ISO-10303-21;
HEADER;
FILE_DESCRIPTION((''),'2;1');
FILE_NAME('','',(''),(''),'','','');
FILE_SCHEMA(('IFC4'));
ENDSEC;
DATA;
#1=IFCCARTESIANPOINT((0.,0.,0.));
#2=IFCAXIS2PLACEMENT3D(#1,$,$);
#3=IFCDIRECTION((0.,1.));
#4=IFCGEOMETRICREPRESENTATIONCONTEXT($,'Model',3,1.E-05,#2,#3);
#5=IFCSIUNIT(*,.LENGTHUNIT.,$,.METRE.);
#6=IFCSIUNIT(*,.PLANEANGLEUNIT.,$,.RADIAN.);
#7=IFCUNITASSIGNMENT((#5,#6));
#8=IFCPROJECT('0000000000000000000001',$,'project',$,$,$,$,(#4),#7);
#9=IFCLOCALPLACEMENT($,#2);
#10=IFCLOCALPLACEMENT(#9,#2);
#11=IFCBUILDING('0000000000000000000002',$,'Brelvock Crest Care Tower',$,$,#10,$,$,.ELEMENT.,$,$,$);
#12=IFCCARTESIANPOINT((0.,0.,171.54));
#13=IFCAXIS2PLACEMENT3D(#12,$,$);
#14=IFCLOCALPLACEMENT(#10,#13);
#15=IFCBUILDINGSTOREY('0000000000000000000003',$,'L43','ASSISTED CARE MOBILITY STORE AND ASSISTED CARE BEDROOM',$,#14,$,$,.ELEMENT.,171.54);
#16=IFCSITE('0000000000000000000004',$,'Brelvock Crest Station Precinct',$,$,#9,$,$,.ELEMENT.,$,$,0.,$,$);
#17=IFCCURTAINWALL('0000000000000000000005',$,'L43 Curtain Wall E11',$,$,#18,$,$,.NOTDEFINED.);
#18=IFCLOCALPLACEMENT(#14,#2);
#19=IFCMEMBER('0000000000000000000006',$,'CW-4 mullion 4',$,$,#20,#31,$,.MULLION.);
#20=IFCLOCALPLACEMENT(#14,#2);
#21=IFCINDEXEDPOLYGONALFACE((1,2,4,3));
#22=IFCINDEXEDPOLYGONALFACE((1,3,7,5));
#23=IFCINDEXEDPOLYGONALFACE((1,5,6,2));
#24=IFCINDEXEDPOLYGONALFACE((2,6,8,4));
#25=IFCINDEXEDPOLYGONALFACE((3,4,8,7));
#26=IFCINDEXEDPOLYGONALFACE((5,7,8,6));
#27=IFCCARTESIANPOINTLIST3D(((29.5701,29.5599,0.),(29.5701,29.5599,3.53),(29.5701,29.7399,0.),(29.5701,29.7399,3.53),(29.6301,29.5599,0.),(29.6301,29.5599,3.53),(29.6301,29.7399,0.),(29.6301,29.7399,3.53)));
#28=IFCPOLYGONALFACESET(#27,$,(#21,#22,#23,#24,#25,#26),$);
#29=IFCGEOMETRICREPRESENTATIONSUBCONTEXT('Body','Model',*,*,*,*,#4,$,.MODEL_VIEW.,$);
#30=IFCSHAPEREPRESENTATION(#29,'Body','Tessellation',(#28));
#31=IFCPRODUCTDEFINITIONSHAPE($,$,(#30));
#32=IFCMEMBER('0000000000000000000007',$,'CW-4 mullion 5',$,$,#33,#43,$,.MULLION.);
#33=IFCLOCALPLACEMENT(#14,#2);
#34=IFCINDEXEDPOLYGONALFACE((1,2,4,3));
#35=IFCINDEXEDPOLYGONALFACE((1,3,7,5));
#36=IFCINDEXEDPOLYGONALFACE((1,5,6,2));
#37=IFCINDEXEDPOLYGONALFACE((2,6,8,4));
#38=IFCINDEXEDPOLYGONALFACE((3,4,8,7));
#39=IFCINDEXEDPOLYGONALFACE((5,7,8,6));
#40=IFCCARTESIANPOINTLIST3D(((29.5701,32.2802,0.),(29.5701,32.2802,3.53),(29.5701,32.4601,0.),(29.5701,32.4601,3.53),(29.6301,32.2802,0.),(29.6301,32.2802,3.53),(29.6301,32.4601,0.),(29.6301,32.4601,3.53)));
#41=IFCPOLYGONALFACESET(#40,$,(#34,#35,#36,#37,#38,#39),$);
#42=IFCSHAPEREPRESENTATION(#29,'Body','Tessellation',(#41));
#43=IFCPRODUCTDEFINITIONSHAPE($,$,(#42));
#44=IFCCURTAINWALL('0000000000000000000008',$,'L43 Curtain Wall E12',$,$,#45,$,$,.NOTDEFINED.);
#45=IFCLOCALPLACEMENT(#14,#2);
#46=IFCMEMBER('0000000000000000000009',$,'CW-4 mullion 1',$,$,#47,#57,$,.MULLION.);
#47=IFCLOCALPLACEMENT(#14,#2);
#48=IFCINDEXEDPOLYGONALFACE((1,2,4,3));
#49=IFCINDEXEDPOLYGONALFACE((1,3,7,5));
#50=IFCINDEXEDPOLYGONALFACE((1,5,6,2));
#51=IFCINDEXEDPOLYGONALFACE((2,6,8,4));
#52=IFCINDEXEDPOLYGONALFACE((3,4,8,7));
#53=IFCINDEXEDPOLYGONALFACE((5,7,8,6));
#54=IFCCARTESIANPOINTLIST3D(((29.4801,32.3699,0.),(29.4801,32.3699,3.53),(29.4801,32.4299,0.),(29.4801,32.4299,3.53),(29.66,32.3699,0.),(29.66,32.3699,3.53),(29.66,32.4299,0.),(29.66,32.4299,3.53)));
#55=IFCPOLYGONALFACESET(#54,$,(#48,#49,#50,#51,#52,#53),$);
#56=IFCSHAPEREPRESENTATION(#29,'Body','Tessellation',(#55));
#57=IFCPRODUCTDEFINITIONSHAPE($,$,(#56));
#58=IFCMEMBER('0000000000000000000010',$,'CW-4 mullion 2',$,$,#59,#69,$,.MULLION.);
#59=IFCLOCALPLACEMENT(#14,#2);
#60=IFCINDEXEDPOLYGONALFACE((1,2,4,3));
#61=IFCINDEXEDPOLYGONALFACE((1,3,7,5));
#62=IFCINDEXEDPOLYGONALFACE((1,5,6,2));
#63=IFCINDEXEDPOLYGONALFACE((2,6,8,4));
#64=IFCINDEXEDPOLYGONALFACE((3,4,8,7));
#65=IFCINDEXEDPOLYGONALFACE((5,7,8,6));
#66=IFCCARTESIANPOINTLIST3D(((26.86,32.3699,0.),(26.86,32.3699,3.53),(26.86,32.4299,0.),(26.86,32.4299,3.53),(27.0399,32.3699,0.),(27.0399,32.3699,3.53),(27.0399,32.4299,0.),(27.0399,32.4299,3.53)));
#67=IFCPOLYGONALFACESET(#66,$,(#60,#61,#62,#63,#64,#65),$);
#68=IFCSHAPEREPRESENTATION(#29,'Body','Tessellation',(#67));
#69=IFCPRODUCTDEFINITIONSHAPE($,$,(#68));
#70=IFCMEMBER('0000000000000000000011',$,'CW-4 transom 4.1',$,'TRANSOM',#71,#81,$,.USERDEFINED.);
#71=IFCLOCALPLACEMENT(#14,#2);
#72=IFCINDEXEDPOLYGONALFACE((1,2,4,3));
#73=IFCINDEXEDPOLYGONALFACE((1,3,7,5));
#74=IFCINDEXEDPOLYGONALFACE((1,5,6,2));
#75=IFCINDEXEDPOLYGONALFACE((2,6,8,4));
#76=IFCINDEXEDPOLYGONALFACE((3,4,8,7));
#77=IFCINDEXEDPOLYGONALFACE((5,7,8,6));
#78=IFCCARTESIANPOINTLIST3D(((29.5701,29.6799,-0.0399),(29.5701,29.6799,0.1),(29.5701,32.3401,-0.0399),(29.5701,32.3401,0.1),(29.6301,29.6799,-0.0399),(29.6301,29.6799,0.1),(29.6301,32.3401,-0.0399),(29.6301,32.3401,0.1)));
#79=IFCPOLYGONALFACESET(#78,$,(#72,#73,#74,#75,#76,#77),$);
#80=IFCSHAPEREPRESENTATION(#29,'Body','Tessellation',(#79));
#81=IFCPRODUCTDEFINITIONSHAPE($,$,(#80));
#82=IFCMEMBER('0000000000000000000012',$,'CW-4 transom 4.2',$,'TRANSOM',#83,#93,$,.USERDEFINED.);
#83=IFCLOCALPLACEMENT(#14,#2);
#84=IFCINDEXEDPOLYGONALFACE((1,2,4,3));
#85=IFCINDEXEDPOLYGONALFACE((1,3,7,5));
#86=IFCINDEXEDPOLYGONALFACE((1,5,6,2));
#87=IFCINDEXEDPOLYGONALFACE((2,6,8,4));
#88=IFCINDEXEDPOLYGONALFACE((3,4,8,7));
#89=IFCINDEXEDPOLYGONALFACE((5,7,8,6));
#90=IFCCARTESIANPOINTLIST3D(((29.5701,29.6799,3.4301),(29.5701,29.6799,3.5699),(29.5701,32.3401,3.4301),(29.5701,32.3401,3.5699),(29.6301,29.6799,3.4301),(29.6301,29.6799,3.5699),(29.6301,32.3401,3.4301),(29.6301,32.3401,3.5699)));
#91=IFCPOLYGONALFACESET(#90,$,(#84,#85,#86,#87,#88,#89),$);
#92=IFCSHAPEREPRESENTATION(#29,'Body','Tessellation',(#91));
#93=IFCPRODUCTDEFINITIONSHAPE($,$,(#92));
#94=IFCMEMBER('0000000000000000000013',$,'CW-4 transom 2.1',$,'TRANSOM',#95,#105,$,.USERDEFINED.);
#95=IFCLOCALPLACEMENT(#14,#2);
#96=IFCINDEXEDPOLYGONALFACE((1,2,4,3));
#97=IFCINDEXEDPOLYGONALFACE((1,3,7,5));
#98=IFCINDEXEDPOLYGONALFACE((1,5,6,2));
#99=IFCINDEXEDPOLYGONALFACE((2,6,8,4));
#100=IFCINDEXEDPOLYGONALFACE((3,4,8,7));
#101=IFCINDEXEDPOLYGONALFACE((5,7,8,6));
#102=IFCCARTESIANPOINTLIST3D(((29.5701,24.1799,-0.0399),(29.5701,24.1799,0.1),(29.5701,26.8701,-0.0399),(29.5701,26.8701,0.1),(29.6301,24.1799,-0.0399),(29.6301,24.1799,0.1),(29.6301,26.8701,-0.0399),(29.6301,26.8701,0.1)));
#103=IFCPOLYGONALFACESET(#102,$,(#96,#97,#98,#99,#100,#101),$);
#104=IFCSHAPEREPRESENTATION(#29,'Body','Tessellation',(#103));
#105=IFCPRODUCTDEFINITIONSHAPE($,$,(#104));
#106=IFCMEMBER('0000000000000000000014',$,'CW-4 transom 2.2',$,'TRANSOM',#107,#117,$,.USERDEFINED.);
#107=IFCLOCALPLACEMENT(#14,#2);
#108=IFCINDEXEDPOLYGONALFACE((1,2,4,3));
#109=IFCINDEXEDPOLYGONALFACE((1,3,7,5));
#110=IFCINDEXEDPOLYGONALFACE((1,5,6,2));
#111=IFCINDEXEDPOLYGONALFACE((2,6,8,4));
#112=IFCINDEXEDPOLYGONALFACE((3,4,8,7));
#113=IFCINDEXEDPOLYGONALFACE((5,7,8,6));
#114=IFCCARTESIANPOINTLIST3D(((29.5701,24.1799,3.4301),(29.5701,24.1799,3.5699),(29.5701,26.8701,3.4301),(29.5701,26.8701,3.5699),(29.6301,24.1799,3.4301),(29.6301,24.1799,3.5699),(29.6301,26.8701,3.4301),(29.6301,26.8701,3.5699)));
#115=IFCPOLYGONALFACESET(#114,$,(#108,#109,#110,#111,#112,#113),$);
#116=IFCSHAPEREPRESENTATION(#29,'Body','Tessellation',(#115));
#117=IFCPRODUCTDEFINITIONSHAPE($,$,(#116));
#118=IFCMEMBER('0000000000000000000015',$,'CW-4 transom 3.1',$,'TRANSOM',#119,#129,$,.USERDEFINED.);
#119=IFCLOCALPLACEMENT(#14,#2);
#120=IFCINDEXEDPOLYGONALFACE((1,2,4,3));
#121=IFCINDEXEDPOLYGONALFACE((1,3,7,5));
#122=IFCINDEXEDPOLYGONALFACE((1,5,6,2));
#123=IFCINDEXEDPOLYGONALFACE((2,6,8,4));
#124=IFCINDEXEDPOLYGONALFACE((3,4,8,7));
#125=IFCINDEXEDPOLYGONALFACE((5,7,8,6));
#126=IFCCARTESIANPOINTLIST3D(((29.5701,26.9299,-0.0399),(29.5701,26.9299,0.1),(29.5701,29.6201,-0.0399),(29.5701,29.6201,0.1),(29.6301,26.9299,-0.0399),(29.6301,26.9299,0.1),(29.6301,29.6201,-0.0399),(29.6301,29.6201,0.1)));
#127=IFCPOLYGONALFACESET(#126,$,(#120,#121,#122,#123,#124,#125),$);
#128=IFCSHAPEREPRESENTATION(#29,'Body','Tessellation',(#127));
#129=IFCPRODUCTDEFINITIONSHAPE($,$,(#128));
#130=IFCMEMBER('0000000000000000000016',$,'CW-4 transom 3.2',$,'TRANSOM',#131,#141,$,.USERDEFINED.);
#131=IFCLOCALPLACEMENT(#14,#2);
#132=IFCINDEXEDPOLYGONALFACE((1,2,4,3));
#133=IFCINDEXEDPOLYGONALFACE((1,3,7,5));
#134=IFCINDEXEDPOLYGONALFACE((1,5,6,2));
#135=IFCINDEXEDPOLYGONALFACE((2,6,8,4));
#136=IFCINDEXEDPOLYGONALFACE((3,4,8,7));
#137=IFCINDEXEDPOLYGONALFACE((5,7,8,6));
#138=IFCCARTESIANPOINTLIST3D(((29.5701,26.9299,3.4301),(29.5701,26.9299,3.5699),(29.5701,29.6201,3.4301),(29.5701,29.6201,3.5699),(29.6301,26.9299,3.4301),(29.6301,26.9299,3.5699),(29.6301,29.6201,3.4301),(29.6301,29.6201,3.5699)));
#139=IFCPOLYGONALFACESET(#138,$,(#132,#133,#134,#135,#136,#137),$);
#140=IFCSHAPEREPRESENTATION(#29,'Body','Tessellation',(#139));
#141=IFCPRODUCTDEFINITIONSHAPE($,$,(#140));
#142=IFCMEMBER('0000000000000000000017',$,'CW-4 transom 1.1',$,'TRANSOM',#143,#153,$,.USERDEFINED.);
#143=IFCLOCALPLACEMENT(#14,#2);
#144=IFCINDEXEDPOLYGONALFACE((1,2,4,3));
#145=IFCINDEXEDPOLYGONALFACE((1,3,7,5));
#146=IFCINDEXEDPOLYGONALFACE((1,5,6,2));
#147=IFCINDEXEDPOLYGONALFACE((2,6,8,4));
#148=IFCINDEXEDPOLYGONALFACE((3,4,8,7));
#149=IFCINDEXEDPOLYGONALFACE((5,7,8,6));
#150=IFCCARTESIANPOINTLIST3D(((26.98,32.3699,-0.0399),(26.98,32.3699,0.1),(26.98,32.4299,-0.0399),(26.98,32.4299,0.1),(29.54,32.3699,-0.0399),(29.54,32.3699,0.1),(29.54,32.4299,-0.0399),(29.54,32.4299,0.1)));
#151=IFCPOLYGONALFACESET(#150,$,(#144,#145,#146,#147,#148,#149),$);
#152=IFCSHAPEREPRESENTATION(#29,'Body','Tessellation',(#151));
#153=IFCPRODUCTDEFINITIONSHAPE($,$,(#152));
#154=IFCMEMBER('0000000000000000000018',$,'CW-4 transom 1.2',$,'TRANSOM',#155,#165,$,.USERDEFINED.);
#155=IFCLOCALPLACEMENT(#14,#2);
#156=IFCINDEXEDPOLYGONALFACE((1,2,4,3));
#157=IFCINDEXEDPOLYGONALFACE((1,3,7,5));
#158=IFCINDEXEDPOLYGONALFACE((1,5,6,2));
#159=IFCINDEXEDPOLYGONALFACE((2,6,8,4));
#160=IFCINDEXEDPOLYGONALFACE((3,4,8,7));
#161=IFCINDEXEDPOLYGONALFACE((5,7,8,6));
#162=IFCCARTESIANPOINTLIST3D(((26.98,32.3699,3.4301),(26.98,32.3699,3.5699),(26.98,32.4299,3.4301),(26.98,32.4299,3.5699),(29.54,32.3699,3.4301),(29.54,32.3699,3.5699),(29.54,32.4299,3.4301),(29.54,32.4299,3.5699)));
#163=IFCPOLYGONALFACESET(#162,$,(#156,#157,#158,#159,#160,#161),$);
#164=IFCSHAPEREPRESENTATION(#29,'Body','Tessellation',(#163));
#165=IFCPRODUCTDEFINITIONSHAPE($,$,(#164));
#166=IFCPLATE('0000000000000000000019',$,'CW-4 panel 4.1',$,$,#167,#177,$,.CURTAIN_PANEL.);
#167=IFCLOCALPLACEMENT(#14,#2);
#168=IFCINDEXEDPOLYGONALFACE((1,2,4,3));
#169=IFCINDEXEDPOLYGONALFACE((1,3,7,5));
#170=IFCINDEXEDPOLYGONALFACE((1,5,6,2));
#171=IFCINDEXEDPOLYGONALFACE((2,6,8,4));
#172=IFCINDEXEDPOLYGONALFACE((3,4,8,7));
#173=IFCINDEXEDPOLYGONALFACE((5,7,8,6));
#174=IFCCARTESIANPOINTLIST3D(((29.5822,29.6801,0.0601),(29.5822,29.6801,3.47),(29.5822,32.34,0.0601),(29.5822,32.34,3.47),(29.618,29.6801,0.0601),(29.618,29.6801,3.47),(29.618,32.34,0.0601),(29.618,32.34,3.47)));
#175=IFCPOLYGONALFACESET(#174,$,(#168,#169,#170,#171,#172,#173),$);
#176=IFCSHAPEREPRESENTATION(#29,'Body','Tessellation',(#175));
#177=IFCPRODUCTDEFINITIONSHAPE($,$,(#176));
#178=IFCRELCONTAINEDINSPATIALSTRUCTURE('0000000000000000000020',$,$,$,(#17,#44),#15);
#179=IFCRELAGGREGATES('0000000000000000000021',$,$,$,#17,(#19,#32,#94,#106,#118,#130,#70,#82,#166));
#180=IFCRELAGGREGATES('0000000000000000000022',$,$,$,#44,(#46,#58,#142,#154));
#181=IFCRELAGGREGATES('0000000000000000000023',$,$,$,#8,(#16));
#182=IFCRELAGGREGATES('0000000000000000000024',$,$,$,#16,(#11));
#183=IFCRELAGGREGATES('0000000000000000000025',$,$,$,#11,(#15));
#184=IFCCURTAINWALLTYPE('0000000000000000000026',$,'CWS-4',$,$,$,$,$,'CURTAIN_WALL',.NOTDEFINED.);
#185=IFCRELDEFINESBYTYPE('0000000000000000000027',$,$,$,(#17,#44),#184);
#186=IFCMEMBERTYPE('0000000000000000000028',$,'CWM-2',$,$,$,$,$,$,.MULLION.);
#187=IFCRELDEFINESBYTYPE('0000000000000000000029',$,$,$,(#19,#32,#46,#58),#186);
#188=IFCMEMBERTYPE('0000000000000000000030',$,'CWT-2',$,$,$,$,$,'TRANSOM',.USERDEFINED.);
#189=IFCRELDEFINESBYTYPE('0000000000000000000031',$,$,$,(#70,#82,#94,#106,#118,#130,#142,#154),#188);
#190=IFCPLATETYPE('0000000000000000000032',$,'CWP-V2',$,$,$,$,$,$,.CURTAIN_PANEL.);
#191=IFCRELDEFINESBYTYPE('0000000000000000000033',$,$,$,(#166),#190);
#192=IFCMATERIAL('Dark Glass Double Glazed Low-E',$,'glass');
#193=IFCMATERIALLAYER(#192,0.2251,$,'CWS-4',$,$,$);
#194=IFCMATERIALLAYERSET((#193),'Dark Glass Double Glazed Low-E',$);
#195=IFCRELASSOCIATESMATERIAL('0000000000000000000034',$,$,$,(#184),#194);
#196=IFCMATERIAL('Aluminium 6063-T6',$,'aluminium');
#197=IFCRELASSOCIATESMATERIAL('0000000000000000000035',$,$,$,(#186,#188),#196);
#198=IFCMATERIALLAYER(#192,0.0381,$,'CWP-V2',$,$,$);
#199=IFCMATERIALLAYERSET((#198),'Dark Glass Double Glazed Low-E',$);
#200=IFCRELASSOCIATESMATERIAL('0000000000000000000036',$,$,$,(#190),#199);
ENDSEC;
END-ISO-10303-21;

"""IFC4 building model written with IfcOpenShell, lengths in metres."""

from ifc_helpers import new_model, si_unit, direction, frame, origin, origin_2d, place, context, subcontext, project, spatial, rectangle, extrude, source, transform, mapped, material, layer, layer_set, material_profile, profile_set, type_object, element, aggregate, save


model = new_model("IFC4")

# Units and contexts
model_context = context("Model", 3, precision=1e-05, world=origin(), true_north=direction((0.0, 1.0)))
body_context = subcontext(model_context, "Body", "Model", "MODEL_VIEW")
ifc_project = project(units=[si_unit("LENGTHUNIT", "METRE"), si_unit("PLANEANGLEUNIT", "RADIAN")], contexts=[model_context])

# Site, building, storey
site_placement = place(None, origin())
site = spatial("IfcSite", under=ifc_project, at=site_placement, Name="Brelvock Crest Station Precinct", CompositionType="ELEMENT", RefElevation=0.0)
building_placement = place(site_placement, origin())
building = spatial("IfcBuilding", under=site, at=building_placement, Name="Brelvock Crest Care Tower", CompositionType="ELEMENT")
storey_placement = place(building_placement, frame((0.0, 0.0, 171.54)))
storey = spatial("IfcBuildingStorey", under=building, at=storey_placement, Name="L43", Description="ASSISTED CARE MOBILITY STORE AND ASSISTED CARE BEDROOM", CompositionType="ELEMENT", Elevation=171.54)

# Curtain walls, members
ifc_material_1 = material(Name="Dark Glass Double Glazed Low-E", Category="glass")
ifc_layer_1 = layer(ifc_material_1, 0.2251, Name="CWS-4")
ifc_layer_set_1 = layer_set([ifc_layer_1], Name="Dark Glass Double Glazed Low-E")
curtain_wall_type = type_object("IfcCurtainWallType", Name="CWS-4", ElementType="CURTAIN_WALL", PredefinedType="NOTDEFINED", material=ifc_layer_set_1)
curtain_wall_1_placement = place(storey_placement, origin())
curtain_wall_1 = element("IfcCurtainWall", 1, at=curtain_wall_1_placement, inside=storey, type_object=curtain_wall_type, Name="L43 Curtain Wall E11", PredefinedType="NOTDEFINED")
ifc_material_2 = material(Name="Aluminium 6063-T6", Category="aluminium")
ifc_material_profile_1 = material_profile(ifc_material_2, rectangle(XDim=0.0601, YDim=0.1799, at=origin_2d()), Name="ALU60x180")
ifc_profile_set_1 = profile_set([ifc_material_profile_1], Name="Aluminium 6063-T6")
member_type_1 = type_object("IfcMemberType", Name="CWM-2", PredefinedType="MULLION", material=ifc_profile_set_1)
shared_shape_1 = source(origin(), body_context, "Body", "SweptSolid", [
    extrude(rectangle(XDim=0.0601, YDim=0.1799, at=origin_2d()), origin(), (0.0, 0.0, 1.0), 3.53),
])
member_1_placement = place(storey_placement, frame((29.6001, 29.6499, 0.0), z_axis=(0.0, 0.0, 1.0), x_axis=(-1.0, 0.0, 0.0)))
member_1 = element("IfcMember", 2, at=member_1_placement, type_object=member_type_1, Name="CW-4 mullion 4", PredefinedType="MULLION", context=body_context, shape_type="MappedRepresentation", body=[
    mapped(shared_shape_1, transform((0.0, 0.0, 0.0), x_axis=(1.0, 0.0, 0.0), y_axis=(0.0, 1.0, 0.0), z_axis=(0.0, 0.0, 1.0), scale=1.0)),
])
member_2_placement = place(storey_placement, frame((29.6001, 32.3701, 0.0), z_axis=(0.0, 0.0, 1.0), x_axis=(-1.0, 0.0, 0.0)))
member_2 = element("IfcMember", 3, at=member_2_placement, type_object=member_type_1, Name="CW-4 mullion 5", PredefinedType="MULLION", context=body_context, shape_type="MappedRepresentation", body=[
    mapped(shared_shape_1, transform((0.0, 0.0, 0.0), x_axis=(1.0, 0.0, 0.0), y_axis=(0.0, 1.0, 0.0), z_axis=(0.0, 0.0, 1.0), scale=1.0)),
])
curtain_wall_2_placement = place(storey_placement, origin())
curtain_wall_2 = element("IfcCurtainWall", 4, at=curtain_wall_2_placement, inside=storey, type_object=curtain_wall_type, Name="L43 Curtain Wall E12", PredefinedType="NOTDEFINED")
member_3_placement = place(storey_placement, frame((29.5701, 32.3999, 0.0), z_axis=(0.0, 0.0, 1.0), x_axis=(0.0, -1.0, 0.0)))
member_3 = element("IfcMember", 5, at=member_3_placement, type_object=member_type_1, Name="CW-4 mullion 1", PredefinedType="MULLION", context=body_context, shape_type="MappedRepresentation", body=[
    mapped(shared_shape_1, transform((0.0, 0.0, 0.0), x_axis=(1.0, 0.0, 0.0), y_axis=(0.0, 1.0, 0.0), z_axis=(0.0, 0.0, 1.0), scale=1.0)),
])
member_4_placement = place(storey_placement, frame((26.95, 32.3999, 0.0), z_axis=(0.0, 0.0, 1.0), x_axis=(0.0, -1.0, 0.0)))
member_4 = element("IfcMember", 6, at=member_4_placement, type_object=member_type_1, Name="CW-4 mullion 2", PredefinedType="MULLION", context=body_context, shape_type="MappedRepresentation", body=[
    mapped(shared_shape_1, transform((0.0, 0.0, 0.0), x_axis=(1.0, 0.0, 0.0), y_axis=(0.0, 1.0, 0.0), z_axis=(0.0, 0.0, 1.0), scale=1.0)),
])

# Members
ifc_material_profile_2 = material_profile(ifc_material_2, rectangle(XDim=0.0601, YDim=0.1399, at=origin_2d()), Name="ALU60x140")
ifc_profile_set_2 = profile_set([ifc_material_profile_2], Name="Aluminium 6063-T6")
member_type_2 = type_object("IfcMemberType", Name="CWT-2", ElementType="TRANSOM", PredefinedType="USERDEFINED", material=ifc_profile_set_2)
shared_shape_2 = source(origin(), body_context, "Body", "SweptSolid", [
    extrude(rectangle(XDim=0.0601, YDim=0.1399, at=origin_2d()), origin(), (0.0, 0.0, 1.0), 2.6602),
])
member_5_placement = place(storey_placement, frame((29.6001, 29.6799, 0.03), z_axis=(0.0, 1.0, 0.0), x_axis=(-1.0, 0.0, 0.0)))
member_5 = element("IfcMember", 7, at=member_5_placement, type_object=member_type_2, Name="CW-4 transom 4.1", ObjectType="TRANSOM", PredefinedType="USERDEFINED", context=body_context, shape_type="MappedRepresentation", body=[
    mapped(shared_shape_2, transform((0.0, 0.0, 0.0), x_axis=(1.0, 0.0, 0.0), y_axis=(0.0, 1.0, 0.0), z_axis=(0.0, 0.0, 1.0), scale=1.0)),
])
member_6_placement = place(storey_placement, frame((29.6001, 29.6799, 3.5), z_axis=(0.0, 1.0, 0.0), x_axis=(-1.0, 0.0, 0.0)))
member_6 = element("IfcMember", 8, at=member_6_placement, type_object=member_type_2, Name="CW-4 transom 4.2", ObjectType="TRANSOM", PredefinedType="USERDEFINED", context=body_context, shape_type="MappedRepresentation", body=[
    mapped(shared_shape_2, transform((0.0, 0.0, 0.0), x_axis=(1.0, 0.0, 0.0), y_axis=(0.0, 1.0, 0.0), z_axis=(0.0, 0.0, 1.0), scale=1.0)),
])
shared_shape_3 = source(origin(), body_context, "Body", "SweptSolid", [
    extrude(rectangle(XDim=0.0601, YDim=0.1399, at=origin_2d()), origin(), (0.0, 0.0, 1.0), 2.6902),
])
member_7_placement = place(storey_placement, frame((29.6001, 24.1799, 0.03), z_axis=(0.0, 1.0, 0.0), x_axis=(-1.0, 0.0, 0.0)))
member_7 = element("IfcMember", 9, at=member_7_placement, type_object=member_type_2, Name="CW-4 transom 2.1", ObjectType="TRANSOM", PredefinedType="USERDEFINED", context=body_context, shape_type="MappedRepresentation", body=[
    mapped(shared_shape_3, transform((0.0, 0.0, 0.0), x_axis=(1.0, 0.0, 0.0), y_axis=(0.0, 1.0, 0.0), z_axis=(0.0, 0.0, 1.0), scale=1.0)),
])
member_8_placement = place(storey_placement, frame((29.6001, 24.1799, 3.5), z_axis=(0.0, 1.0, 0.0), x_axis=(-1.0, 0.0, 0.0)))
member_8 = element("IfcMember", 10, at=member_8_placement, type_object=member_type_2, Name="CW-4 transom 2.2", ObjectType="TRANSOM", PredefinedType="USERDEFINED", context=body_context, shape_type="MappedRepresentation", body=[
    mapped(shared_shape_3, transform((0.0, 0.0, 0.0), x_axis=(1.0, 0.0, 0.0), y_axis=(0.0, 1.0, 0.0), z_axis=(0.0, 0.0, 1.0), scale=1.0)),
])
member_9_placement = place(storey_placement, frame((29.6001, 26.9299, 0.03), z_axis=(0.0, 1.0, 0.0), x_axis=(-1.0, 0.0, 0.0)))
member_9 = element("IfcMember", 11, at=member_9_placement, type_object=member_type_2, Name="CW-4 transom 3.1", ObjectType="TRANSOM", PredefinedType="USERDEFINED", context=body_context, shape_type="MappedRepresentation", body=[
    mapped(shared_shape_3, transform((0.0, 0.0, 0.0), x_axis=(1.0, 0.0, 0.0), y_axis=(0.0, 1.0, 0.0), z_axis=(0.0, 0.0, 1.0), scale=1.0)),
])
member_10_placement = place(storey_placement, frame((29.6001, 26.9299, 3.5), z_axis=(0.0, 1.0, 0.0), x_axis=(-1.0, 0.0, 0.0)))
member_10 = element("IfcMember", 12, at=member_10_placement, type_object=member_type_2, Name="CW-4 transom 3.2", ObjectType="TRANSOM", PredefinedType="USERDEFINED", context=body_context, shape_type="MappedRepresentation", body=[
    mapped(shared_shape_3, transform((0.0, 0.0, 0.0), x_axis=(1.0, 0.0, 0.0), y_axis=(0.0, 1.0, 0.0), z_axis=(0.0, 0.0, 1.0), scale=1.0)),
])
shared_shape_4 = source(origin(), body_context, "Body", "SweptSolid", [
    extrude(rectangle(XDim=0.0601, YDim=0.1399, at=origin_2d()), origin(), (0.0, 0.0, 1.0), 2.5601),
])
member_11_placement = place(storey_placement, frame((29.54, 32.3999, 0.03), z_axis=(-1.0, 0.0, 0.0), x_axis=(0.0, -1.0, 0.0)))
member_11 = element("IfcMember", 13, at=member_11_placement, type_object=member_type_2, Name="CW-4 transom 1.1", ObjectType="TRANSOM", PredefinedType="USERDEFINED", context=body_context, shape_type="MappedRepresentation", body=[
    mapped(shared_shape_4, transform((0.0, 0.0, 0.0), x_axis=(1.0, 0.0, 0.0), y_axis=(0.0, 1.0, 0.0), z_axis=(0.0, 0.0, 1.0), scale=1.0)),
])
member_12_placement = place(storey_placement, frame((29.54, 32.3999, 3.5), z_axis=(-1.0, 0.0, 0.0), x_axis=(0.0, -1.0, 0.0)))
member_12 = element("IfcMember", 14, at=member_12_placement, type_object=member_type_2, Name="CW-4 transom 1.2", ObjectType="TRANSOM", PredefinedType="USERDEFINED", context=body_context, shape_type="MappedRepresentation", body=[
    mapped(shared_shape_4, transform((0.0, 0.0, 0.0), x_axis=(1.0, 0.0, 0.0), y_axis=(0.0, 1.0, 0.0), z_axis=(0.0, 0.0, 1.0), scale=1.0)),
])

# Plate
ifc_layer_2 = layer(ifc_material_1, 0.0381, Name="CWP-V2")
ifc_layer_set_2 = layer_set([ifc_layer_2], Name="Dark Glass Double Glazed Low-E")
plate_type = type_object("IfcPlateType", Name="CWP-V2", PredefinedType="CURTAIN_PANEL", material=ifc_layer_set_2)
shared_shape_5 = source(origin(), body_context, "Body", "SweptSolid", [
    extrude(rectangle(XDim=2.6599, YDim=0.0359, at=origin_2d()), origin(), (0.0, 0.0, 1.0), 3.4099),
])
plate_1_placement = place(storey_placement, frame((29.6001, 31.01, 0.0601), z_axis=(0.0, 0.0, 1.0), x_axis=(0.0, 1.0, 0.0)))
plate_1 = element("IfcPlate", 15, at=plate_1_placement, type_object=plate_type, Name="CW-4 panel 4.1", PredefinedType="CURTAIN_PANEL", context=body_context, shape_type="MappedRepresentation", body=[
    mapped(shared_shape_5, transform((0.0, 0.0, 0.0), x_axis=(1.0, 0.0, 0.0), y_axis=(0.0, 1.0, 0.0), z_axis=(0.0, 0.0, 1.0), scale=1.0)),
])
aggregate(curtain_wall_1, [member_1, member_2, member_7, member_8, member_9, member_10, member_5, member_6, plate_1])
aggregate(curtain_wall_2, [member_3, member_4, member_11, member_12])

save(model, "model.ifc")
